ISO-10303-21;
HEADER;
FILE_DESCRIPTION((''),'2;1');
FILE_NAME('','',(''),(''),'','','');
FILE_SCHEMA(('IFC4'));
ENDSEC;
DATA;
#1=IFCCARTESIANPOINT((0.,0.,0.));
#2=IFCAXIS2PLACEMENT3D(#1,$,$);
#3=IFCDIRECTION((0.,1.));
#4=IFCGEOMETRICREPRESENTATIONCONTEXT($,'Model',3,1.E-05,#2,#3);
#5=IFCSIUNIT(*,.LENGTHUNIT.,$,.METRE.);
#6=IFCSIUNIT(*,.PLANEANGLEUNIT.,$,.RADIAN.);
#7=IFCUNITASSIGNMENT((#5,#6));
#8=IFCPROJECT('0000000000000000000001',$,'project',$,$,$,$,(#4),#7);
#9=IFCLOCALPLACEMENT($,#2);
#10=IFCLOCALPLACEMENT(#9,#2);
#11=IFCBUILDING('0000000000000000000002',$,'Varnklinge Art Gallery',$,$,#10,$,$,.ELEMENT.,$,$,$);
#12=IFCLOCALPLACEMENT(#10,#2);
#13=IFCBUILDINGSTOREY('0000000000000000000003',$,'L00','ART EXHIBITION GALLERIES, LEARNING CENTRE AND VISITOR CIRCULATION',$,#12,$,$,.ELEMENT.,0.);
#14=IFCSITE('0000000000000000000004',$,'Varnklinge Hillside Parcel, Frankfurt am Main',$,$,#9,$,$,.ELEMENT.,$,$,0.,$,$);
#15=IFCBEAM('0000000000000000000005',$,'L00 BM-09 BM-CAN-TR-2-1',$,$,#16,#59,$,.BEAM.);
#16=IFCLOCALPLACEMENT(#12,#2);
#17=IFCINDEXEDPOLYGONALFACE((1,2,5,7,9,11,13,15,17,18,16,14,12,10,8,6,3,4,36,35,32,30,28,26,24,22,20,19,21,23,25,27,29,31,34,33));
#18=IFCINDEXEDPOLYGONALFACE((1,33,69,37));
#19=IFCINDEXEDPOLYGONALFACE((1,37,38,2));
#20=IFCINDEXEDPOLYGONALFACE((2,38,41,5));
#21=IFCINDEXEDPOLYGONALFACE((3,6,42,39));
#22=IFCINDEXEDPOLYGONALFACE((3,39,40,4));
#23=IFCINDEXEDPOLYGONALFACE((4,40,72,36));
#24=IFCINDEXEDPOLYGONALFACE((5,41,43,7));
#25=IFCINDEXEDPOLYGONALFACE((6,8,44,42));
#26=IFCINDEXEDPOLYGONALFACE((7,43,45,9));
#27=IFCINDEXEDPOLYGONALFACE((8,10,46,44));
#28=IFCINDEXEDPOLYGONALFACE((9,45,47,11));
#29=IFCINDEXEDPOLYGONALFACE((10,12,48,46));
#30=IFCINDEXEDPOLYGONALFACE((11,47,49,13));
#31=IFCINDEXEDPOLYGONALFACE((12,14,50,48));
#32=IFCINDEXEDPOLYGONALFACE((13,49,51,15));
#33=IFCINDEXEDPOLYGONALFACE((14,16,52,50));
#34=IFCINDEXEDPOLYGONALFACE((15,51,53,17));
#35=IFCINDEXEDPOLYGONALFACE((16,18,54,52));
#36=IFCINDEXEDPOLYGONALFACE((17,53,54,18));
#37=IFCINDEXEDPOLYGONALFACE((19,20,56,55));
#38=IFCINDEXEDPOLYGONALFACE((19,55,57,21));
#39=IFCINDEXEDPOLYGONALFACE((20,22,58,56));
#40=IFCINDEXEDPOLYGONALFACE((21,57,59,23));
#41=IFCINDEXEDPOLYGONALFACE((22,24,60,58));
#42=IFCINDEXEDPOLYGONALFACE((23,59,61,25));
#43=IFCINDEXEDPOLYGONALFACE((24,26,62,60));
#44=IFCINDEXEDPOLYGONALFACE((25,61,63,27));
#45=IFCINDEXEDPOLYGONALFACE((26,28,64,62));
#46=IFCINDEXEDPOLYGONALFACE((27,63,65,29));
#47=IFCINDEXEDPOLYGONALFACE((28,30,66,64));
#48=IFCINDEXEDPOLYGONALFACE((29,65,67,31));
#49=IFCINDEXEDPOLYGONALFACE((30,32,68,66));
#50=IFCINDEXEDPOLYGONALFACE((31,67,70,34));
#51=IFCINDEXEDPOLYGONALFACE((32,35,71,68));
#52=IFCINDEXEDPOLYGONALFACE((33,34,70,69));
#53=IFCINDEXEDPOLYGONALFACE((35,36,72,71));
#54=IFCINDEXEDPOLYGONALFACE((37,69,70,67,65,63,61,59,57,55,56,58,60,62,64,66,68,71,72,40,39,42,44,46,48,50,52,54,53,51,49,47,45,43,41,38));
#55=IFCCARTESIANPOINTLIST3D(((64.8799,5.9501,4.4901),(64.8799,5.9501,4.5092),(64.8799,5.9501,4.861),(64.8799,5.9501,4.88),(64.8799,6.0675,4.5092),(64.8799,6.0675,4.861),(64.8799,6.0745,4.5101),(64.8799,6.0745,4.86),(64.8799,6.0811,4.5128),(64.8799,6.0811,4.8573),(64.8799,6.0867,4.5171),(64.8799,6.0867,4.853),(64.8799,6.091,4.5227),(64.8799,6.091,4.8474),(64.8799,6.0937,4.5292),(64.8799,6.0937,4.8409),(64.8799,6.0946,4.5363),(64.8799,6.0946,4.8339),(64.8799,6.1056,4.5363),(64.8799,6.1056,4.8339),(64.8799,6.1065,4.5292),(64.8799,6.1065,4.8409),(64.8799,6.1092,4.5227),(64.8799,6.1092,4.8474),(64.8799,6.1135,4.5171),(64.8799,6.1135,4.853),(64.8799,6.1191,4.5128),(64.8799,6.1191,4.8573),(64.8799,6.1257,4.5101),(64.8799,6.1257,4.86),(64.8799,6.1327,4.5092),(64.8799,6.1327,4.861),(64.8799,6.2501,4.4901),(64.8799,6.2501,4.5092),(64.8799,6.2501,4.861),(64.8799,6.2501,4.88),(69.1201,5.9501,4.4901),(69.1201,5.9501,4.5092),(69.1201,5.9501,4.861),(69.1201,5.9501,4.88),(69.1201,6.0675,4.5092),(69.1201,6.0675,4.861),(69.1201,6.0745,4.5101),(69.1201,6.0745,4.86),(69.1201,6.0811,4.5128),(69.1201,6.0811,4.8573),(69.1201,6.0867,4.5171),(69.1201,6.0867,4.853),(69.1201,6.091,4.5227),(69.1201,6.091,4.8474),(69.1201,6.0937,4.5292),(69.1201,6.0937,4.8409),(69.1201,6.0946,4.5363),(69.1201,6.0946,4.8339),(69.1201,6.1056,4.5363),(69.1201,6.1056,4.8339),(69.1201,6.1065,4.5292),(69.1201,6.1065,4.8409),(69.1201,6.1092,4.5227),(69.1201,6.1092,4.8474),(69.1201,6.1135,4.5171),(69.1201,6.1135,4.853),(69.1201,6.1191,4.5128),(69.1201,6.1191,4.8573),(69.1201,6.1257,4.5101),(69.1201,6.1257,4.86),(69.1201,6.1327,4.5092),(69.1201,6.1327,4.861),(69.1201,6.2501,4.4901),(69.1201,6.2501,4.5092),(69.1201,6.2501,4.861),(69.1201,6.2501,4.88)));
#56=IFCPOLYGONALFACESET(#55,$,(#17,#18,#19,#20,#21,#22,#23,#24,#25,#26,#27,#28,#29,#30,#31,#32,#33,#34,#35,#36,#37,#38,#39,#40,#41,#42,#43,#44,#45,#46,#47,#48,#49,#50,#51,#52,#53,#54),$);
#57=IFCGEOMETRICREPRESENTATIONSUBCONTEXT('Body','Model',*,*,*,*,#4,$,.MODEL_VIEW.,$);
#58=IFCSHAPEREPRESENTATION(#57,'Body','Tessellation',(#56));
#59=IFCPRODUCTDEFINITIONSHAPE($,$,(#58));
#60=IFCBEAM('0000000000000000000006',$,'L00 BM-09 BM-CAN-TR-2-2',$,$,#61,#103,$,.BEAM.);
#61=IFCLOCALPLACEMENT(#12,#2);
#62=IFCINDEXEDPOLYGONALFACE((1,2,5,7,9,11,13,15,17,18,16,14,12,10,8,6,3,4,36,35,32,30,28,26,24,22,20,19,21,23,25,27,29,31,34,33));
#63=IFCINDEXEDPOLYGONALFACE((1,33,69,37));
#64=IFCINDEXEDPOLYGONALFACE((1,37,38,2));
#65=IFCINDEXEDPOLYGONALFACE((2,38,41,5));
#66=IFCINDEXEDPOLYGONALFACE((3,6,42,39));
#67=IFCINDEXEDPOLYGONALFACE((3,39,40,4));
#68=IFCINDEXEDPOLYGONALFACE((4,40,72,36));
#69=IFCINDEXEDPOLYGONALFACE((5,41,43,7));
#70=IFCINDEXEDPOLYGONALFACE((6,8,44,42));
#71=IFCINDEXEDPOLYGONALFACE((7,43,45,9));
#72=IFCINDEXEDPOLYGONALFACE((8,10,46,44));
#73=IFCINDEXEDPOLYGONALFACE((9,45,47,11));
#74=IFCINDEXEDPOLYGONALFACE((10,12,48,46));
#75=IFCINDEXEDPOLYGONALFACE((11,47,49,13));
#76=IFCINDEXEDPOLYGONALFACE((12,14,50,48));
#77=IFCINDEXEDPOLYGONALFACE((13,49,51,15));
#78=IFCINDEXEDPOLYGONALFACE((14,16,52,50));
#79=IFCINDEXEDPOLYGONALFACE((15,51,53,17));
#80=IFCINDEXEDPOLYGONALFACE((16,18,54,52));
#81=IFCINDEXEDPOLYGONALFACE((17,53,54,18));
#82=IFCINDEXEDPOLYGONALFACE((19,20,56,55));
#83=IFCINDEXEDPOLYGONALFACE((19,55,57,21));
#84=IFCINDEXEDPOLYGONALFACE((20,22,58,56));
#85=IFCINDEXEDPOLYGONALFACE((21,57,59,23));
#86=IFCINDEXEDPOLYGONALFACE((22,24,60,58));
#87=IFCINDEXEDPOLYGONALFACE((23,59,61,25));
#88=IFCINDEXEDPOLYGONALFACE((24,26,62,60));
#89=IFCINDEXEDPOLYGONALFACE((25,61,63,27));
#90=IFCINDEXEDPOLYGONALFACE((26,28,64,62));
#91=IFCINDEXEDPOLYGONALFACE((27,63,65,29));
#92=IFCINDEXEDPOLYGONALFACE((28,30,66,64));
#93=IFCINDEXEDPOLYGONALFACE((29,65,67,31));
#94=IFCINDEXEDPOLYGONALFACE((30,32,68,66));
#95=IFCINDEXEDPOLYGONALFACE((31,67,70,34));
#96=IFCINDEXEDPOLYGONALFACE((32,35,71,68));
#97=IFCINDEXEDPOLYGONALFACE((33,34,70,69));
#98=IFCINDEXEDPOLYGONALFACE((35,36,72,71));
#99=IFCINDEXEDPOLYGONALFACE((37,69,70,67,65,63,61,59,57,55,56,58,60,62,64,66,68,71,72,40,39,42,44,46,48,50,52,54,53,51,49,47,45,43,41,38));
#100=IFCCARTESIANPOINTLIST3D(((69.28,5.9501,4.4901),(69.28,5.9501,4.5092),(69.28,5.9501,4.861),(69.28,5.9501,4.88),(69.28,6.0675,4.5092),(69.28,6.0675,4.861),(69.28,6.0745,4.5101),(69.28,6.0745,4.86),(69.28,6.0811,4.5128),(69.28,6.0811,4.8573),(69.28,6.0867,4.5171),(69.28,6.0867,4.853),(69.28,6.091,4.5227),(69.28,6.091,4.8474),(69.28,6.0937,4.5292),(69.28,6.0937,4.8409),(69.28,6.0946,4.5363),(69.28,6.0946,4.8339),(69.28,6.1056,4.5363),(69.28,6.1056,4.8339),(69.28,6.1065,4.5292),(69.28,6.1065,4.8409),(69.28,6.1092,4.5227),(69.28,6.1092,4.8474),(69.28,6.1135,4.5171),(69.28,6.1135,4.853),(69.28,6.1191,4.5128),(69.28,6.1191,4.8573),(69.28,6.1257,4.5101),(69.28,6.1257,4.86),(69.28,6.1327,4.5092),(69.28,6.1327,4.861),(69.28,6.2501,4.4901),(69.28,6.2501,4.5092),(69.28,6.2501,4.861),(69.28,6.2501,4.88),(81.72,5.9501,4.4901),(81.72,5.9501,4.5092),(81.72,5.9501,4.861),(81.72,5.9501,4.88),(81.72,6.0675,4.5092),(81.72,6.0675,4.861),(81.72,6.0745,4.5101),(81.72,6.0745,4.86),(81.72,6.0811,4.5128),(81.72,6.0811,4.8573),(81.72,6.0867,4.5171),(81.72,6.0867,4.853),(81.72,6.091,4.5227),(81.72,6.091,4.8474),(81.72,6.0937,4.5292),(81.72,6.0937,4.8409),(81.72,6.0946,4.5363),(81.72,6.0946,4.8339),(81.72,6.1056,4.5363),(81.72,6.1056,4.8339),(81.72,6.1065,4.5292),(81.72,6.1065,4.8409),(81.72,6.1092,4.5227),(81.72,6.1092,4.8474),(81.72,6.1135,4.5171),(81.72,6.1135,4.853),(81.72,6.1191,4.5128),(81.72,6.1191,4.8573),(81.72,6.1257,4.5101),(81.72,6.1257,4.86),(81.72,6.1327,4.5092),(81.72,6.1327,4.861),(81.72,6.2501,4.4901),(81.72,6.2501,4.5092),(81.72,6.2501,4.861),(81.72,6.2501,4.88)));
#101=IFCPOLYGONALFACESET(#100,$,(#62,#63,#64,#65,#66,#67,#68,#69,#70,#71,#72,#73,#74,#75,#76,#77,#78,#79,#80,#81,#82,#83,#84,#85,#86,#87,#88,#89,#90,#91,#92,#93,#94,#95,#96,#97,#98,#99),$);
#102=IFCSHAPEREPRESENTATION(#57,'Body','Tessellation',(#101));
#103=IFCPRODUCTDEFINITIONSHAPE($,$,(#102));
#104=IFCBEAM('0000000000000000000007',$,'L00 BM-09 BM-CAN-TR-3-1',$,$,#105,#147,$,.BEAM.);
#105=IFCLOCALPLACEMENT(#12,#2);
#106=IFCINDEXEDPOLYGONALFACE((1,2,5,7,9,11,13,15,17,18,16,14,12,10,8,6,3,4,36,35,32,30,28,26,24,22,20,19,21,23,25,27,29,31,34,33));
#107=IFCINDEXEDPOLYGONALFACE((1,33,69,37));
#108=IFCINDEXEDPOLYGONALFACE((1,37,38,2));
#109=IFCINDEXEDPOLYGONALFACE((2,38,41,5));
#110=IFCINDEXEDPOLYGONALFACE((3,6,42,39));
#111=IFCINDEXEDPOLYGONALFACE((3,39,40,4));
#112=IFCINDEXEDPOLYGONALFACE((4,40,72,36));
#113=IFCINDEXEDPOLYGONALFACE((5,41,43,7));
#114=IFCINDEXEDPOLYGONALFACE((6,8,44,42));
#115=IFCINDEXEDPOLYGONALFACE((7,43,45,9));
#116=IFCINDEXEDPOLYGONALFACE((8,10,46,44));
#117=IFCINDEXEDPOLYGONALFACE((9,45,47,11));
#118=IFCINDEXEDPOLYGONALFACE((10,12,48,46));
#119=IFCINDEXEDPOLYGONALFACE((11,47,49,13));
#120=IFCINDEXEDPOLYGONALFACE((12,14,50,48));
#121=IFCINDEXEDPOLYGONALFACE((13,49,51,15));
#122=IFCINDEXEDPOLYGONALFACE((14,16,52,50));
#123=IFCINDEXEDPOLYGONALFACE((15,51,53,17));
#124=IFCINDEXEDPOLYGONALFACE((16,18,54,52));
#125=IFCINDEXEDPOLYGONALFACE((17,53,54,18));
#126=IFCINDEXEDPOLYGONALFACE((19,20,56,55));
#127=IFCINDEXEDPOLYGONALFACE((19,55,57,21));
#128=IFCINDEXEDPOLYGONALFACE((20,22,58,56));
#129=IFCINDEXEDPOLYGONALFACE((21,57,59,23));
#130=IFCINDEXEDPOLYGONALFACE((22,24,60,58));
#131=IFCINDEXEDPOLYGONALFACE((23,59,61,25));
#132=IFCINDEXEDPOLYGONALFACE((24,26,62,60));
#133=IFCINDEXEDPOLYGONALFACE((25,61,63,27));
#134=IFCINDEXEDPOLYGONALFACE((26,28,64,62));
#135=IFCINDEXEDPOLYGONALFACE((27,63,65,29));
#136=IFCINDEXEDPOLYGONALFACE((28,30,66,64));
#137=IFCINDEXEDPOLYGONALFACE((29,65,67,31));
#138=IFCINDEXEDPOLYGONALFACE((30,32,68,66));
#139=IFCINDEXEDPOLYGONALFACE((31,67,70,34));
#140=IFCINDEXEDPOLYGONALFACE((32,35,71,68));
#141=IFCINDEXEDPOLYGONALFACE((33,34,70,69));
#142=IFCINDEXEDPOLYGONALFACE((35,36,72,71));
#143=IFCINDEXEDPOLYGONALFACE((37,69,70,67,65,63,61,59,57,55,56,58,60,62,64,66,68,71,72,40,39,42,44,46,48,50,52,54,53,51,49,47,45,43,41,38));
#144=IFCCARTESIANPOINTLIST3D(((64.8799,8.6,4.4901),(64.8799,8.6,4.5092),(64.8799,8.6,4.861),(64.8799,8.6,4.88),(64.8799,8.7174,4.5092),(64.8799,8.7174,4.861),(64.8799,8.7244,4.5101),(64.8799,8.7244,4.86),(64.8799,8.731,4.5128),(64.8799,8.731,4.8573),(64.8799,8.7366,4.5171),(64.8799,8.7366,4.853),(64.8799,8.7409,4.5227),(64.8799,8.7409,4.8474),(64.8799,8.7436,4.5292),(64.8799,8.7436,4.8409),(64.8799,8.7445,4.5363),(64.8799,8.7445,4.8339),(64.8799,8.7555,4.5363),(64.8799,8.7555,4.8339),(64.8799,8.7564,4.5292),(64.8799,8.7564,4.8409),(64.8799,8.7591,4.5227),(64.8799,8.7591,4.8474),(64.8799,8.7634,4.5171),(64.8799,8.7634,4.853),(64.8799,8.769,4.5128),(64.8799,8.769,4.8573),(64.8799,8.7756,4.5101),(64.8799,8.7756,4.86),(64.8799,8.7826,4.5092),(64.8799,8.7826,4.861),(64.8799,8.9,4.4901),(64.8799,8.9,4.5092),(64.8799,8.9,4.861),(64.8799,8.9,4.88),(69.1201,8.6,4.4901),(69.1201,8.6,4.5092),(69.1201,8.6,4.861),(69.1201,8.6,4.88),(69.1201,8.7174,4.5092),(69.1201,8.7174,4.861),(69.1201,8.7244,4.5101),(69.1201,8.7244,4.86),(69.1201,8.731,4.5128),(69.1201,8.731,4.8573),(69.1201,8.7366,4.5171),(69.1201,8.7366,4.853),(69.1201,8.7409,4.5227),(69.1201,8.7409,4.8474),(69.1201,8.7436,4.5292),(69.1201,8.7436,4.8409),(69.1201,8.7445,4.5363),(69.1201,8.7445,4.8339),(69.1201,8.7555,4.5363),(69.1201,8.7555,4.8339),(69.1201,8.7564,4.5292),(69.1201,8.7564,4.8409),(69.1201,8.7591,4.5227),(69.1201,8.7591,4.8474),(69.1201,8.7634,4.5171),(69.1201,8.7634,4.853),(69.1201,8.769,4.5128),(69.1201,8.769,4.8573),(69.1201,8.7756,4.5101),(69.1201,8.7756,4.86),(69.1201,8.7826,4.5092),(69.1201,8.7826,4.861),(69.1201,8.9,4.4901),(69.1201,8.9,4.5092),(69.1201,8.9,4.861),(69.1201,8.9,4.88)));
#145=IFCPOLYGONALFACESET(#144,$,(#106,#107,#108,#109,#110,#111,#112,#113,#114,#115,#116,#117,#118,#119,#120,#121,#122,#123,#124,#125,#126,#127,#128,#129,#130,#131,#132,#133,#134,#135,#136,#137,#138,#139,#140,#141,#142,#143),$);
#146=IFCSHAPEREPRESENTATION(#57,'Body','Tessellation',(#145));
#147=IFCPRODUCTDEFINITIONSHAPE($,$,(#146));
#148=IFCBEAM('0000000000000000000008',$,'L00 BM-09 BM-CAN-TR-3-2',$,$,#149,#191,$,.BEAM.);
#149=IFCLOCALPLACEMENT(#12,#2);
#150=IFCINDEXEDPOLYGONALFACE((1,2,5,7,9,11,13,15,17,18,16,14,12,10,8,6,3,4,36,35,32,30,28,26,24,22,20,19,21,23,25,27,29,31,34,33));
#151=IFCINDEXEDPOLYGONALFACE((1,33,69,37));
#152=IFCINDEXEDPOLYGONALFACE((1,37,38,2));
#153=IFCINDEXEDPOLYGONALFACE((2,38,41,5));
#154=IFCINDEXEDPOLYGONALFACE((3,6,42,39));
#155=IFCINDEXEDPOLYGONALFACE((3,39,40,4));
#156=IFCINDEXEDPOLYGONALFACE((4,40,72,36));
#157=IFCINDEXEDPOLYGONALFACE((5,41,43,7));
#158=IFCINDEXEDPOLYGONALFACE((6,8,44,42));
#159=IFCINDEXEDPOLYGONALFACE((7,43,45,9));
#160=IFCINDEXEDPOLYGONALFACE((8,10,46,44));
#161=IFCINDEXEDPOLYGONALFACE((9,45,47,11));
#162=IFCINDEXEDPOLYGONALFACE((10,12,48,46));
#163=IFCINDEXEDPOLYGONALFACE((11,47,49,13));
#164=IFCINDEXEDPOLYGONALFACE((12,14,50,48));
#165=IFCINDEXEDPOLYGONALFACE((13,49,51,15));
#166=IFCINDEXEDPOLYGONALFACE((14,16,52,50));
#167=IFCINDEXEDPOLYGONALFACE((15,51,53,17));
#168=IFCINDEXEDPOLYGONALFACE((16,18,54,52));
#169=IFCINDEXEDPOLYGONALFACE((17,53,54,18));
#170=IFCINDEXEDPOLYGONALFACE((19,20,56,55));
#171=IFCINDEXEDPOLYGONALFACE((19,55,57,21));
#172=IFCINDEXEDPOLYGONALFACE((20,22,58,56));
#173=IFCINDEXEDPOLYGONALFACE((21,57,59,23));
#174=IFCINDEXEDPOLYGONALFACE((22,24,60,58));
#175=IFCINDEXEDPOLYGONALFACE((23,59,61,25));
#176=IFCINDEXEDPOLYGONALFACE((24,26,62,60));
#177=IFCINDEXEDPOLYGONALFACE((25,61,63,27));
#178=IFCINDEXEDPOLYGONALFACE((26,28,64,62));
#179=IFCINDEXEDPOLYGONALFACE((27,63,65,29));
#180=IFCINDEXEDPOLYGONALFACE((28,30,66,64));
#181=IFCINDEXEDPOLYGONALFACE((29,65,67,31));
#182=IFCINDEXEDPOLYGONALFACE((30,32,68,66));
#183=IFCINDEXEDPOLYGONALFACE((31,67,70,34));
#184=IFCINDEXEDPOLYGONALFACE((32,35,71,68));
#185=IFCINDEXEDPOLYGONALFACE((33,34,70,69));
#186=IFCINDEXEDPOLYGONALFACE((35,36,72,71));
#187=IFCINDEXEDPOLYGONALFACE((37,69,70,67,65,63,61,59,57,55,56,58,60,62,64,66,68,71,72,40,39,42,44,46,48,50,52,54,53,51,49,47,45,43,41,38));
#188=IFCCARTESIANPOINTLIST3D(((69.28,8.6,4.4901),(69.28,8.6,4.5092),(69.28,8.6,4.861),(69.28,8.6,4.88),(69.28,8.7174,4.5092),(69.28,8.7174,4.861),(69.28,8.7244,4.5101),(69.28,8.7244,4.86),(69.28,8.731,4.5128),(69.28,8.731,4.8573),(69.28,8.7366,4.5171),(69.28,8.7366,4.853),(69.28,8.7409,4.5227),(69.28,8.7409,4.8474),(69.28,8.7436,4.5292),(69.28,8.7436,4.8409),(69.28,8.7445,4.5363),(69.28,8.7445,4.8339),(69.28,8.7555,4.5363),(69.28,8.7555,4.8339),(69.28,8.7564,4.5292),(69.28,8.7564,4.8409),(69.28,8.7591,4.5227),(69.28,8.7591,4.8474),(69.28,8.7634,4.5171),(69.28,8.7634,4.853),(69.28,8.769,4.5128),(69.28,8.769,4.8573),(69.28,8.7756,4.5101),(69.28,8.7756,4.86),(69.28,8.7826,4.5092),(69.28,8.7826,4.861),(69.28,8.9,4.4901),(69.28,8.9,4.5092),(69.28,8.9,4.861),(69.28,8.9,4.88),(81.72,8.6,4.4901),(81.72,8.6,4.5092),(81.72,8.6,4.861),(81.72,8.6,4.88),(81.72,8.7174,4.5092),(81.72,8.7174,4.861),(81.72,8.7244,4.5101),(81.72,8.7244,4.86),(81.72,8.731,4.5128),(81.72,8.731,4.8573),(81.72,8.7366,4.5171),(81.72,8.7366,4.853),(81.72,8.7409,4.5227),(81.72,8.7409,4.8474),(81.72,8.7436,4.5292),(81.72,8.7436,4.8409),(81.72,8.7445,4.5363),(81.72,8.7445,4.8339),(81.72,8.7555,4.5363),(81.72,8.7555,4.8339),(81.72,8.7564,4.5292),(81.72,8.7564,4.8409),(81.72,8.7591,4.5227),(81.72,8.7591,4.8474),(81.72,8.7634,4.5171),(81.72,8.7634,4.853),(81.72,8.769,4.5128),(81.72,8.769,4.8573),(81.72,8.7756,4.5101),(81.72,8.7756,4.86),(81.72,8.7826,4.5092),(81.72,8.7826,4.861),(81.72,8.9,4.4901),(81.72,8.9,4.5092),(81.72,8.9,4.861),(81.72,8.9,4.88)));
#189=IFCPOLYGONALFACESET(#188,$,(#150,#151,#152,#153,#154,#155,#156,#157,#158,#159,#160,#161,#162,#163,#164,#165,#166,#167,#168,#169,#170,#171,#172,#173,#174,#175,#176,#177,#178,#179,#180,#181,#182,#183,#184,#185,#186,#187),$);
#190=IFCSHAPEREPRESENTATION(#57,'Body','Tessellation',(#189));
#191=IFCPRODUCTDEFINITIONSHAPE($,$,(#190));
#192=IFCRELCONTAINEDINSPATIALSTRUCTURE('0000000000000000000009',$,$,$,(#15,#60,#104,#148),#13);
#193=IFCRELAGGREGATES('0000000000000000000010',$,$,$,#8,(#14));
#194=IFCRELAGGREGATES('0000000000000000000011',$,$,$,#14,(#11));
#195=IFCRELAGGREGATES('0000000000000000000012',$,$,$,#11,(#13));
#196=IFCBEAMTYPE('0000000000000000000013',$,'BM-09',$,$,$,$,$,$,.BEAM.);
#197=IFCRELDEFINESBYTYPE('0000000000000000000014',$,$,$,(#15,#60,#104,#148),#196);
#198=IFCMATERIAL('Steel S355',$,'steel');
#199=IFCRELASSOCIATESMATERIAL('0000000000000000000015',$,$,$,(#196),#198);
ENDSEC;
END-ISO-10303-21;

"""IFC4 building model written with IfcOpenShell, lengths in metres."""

from ifc_helpers import new_model, si_unit, direction, frame, origin, origin_2d, place, context, subcontext, project, spatial, i_section, extrude, material, material_profile, profile_set, type_object, element, save


model = new_model("IFC4")

# Units and contexts
model_context = context("Model", 3, precision=1e-05, world=origin(), true_north=direction((0.0, 1.0)))
body_context = subcontext(model_context, "Body", "Model", "MODEL_VIEW")
ifc_project = project(units=[si_unit("LENGTHUNIT", "METRE"), si_unit("PLANEANGLEUNIT", "RADIAN")], contexts=[model_context])

# Site, building, storey
site_placement = place(None, origin())
site = spatial("IfcSite", under=ifc_project, at=site_placement, Name="Varnklinge Hillside Parcel, Frankfurt am Main", CompositionType="ELEMENT", RefElevation=0.0)
building_placement = place(site_placement, origin())
building = spatial("IfcBuilding", under=site, at=building_placement, Name="Varnklinge Art Gallery", CompositionType="ELEMENT")
storey_placement = place(building_placement, origin())
storey = spatial("IfcBuildingStorey", under=building, at=storey_placement, Name="L00", Description="ART EXHIBITION GALLERIES, LEARNING CENTRE AND VISITOR CIRCULATION", CompositionType="ELEMENT", Elevation=0.0)

# Beams
ifc_material_1 = material(Name="Steel S355", Category="steel")
ifc_material_profile_1 = material_profile(ifc_material_1, i_section(OverallWidth=0.3, OverallDepth=0.3899, WebThickness=0.011, FlangeThickness=0.019, FilletRadius=0.0271, at=origin_2d()), Name="HEA 400")
ifc_profile_set_1 = profile_set([ifc_material_profile_1], Name="Steel S355")
beam_type_1 = type_object("IfcBeamType", Name="BM-09", PredefinedType="BEAM", material=ifc_profile_set_1)
beam_1_placement = place(storey_placement, frame((64.8799, 6.1001, 4.6851), z_axis=(1.0, 0.0, 0.0), x_axis=(0.0, 1.0, 0.0)))
element("IfcBeam", 1, at=beam_1_placement, inside=storey, type_object=beam_type_1, Name="L00 BM-09 BM-CAN-TR-2-1", PredefinedType="BEAM", context=body_context, shape_type="SweptSolid", body=[
    extrude(i_section(OverallWidth=0.3, OverallDepth=0.3899, WebThickness=0.011, FlangeThickness=0.019, FilletRadius=0.0271, at=origin_2d()), origin(), (0.0, 0.0, 1.0), 4.2402),
])
beam_2_placement = place(storey_placement, frame((69.28, 6.1001, 4.6851), z_axis=(1.0, 0.0, 0.0), x_axis=(0.0, 1.0, 0.0)))
element("IfcBeam", 2, at=beam_2_placement, inside=storey, type_object=beam_type_1, Name="L00 BM-09 BM-CAN-TR-2-2", PredefinedType="BEAM", context=body_context, shape_type="SweptSolid", body=[
    extrude(i_section(OverallWidth=0.3, OverallDepth=0.3899, WebThickness=0.011, FlangeThickness=0.019, FilletRadius=0.0271, at=origin_2d()), origin(), (0.0, 0.0, 1.0), 12.4399),
])
beam_3_placement = place(storey_placement, frame((64.8799, 8.75, 4.6851), z_axis=(1.0, 0.0, 0.0), x_axis=(0.0, 1.0, 0.0)))
element("IfcBeam", 3, at=beam_3_placement, inside=storey, type_object=beam_type_1, Name="L00 BM-09 BM-CAN-TR-3-1", PredefinedType="BEAM", context=body_context, shape_type="SweptSolid", body=[
    extrude(i_section(OverallWidth=0.3, OverallDepth=0.3899, WebThickness=0.011, FlangeThickness=0.019, FilletRadius=0.0271, at=origin_2d()), origin(), (0.0, 0.0, 1.0), 4.2402),
])
beam_4_placement = place(storey_placement, frame((69.28, 8.75, 4.6851), z_axis=(1.0, 0.0, 0.0), x_axis=(0.0, 1.0, 0.0)))
element("IfcBeam", 4, at=beam_4_placement, inside=storey, type_object=beam_type_1, Name="L00 BM-09 BM-CAN-TR-3-2", PredefinedType="BEAM", context=body_context, shape_type="SweptSolid", body=[
    extrude(i_section(OverallWidth=0.3, OverallDepth=0.3899, WebThickness=0.011, FlangeThickness=0.019, FilletRadius=0.0271, at=origin_2d()), origin(), (0.0, 0.0, 1.0), 12.4399),
])

save(model, "model.ifc")
